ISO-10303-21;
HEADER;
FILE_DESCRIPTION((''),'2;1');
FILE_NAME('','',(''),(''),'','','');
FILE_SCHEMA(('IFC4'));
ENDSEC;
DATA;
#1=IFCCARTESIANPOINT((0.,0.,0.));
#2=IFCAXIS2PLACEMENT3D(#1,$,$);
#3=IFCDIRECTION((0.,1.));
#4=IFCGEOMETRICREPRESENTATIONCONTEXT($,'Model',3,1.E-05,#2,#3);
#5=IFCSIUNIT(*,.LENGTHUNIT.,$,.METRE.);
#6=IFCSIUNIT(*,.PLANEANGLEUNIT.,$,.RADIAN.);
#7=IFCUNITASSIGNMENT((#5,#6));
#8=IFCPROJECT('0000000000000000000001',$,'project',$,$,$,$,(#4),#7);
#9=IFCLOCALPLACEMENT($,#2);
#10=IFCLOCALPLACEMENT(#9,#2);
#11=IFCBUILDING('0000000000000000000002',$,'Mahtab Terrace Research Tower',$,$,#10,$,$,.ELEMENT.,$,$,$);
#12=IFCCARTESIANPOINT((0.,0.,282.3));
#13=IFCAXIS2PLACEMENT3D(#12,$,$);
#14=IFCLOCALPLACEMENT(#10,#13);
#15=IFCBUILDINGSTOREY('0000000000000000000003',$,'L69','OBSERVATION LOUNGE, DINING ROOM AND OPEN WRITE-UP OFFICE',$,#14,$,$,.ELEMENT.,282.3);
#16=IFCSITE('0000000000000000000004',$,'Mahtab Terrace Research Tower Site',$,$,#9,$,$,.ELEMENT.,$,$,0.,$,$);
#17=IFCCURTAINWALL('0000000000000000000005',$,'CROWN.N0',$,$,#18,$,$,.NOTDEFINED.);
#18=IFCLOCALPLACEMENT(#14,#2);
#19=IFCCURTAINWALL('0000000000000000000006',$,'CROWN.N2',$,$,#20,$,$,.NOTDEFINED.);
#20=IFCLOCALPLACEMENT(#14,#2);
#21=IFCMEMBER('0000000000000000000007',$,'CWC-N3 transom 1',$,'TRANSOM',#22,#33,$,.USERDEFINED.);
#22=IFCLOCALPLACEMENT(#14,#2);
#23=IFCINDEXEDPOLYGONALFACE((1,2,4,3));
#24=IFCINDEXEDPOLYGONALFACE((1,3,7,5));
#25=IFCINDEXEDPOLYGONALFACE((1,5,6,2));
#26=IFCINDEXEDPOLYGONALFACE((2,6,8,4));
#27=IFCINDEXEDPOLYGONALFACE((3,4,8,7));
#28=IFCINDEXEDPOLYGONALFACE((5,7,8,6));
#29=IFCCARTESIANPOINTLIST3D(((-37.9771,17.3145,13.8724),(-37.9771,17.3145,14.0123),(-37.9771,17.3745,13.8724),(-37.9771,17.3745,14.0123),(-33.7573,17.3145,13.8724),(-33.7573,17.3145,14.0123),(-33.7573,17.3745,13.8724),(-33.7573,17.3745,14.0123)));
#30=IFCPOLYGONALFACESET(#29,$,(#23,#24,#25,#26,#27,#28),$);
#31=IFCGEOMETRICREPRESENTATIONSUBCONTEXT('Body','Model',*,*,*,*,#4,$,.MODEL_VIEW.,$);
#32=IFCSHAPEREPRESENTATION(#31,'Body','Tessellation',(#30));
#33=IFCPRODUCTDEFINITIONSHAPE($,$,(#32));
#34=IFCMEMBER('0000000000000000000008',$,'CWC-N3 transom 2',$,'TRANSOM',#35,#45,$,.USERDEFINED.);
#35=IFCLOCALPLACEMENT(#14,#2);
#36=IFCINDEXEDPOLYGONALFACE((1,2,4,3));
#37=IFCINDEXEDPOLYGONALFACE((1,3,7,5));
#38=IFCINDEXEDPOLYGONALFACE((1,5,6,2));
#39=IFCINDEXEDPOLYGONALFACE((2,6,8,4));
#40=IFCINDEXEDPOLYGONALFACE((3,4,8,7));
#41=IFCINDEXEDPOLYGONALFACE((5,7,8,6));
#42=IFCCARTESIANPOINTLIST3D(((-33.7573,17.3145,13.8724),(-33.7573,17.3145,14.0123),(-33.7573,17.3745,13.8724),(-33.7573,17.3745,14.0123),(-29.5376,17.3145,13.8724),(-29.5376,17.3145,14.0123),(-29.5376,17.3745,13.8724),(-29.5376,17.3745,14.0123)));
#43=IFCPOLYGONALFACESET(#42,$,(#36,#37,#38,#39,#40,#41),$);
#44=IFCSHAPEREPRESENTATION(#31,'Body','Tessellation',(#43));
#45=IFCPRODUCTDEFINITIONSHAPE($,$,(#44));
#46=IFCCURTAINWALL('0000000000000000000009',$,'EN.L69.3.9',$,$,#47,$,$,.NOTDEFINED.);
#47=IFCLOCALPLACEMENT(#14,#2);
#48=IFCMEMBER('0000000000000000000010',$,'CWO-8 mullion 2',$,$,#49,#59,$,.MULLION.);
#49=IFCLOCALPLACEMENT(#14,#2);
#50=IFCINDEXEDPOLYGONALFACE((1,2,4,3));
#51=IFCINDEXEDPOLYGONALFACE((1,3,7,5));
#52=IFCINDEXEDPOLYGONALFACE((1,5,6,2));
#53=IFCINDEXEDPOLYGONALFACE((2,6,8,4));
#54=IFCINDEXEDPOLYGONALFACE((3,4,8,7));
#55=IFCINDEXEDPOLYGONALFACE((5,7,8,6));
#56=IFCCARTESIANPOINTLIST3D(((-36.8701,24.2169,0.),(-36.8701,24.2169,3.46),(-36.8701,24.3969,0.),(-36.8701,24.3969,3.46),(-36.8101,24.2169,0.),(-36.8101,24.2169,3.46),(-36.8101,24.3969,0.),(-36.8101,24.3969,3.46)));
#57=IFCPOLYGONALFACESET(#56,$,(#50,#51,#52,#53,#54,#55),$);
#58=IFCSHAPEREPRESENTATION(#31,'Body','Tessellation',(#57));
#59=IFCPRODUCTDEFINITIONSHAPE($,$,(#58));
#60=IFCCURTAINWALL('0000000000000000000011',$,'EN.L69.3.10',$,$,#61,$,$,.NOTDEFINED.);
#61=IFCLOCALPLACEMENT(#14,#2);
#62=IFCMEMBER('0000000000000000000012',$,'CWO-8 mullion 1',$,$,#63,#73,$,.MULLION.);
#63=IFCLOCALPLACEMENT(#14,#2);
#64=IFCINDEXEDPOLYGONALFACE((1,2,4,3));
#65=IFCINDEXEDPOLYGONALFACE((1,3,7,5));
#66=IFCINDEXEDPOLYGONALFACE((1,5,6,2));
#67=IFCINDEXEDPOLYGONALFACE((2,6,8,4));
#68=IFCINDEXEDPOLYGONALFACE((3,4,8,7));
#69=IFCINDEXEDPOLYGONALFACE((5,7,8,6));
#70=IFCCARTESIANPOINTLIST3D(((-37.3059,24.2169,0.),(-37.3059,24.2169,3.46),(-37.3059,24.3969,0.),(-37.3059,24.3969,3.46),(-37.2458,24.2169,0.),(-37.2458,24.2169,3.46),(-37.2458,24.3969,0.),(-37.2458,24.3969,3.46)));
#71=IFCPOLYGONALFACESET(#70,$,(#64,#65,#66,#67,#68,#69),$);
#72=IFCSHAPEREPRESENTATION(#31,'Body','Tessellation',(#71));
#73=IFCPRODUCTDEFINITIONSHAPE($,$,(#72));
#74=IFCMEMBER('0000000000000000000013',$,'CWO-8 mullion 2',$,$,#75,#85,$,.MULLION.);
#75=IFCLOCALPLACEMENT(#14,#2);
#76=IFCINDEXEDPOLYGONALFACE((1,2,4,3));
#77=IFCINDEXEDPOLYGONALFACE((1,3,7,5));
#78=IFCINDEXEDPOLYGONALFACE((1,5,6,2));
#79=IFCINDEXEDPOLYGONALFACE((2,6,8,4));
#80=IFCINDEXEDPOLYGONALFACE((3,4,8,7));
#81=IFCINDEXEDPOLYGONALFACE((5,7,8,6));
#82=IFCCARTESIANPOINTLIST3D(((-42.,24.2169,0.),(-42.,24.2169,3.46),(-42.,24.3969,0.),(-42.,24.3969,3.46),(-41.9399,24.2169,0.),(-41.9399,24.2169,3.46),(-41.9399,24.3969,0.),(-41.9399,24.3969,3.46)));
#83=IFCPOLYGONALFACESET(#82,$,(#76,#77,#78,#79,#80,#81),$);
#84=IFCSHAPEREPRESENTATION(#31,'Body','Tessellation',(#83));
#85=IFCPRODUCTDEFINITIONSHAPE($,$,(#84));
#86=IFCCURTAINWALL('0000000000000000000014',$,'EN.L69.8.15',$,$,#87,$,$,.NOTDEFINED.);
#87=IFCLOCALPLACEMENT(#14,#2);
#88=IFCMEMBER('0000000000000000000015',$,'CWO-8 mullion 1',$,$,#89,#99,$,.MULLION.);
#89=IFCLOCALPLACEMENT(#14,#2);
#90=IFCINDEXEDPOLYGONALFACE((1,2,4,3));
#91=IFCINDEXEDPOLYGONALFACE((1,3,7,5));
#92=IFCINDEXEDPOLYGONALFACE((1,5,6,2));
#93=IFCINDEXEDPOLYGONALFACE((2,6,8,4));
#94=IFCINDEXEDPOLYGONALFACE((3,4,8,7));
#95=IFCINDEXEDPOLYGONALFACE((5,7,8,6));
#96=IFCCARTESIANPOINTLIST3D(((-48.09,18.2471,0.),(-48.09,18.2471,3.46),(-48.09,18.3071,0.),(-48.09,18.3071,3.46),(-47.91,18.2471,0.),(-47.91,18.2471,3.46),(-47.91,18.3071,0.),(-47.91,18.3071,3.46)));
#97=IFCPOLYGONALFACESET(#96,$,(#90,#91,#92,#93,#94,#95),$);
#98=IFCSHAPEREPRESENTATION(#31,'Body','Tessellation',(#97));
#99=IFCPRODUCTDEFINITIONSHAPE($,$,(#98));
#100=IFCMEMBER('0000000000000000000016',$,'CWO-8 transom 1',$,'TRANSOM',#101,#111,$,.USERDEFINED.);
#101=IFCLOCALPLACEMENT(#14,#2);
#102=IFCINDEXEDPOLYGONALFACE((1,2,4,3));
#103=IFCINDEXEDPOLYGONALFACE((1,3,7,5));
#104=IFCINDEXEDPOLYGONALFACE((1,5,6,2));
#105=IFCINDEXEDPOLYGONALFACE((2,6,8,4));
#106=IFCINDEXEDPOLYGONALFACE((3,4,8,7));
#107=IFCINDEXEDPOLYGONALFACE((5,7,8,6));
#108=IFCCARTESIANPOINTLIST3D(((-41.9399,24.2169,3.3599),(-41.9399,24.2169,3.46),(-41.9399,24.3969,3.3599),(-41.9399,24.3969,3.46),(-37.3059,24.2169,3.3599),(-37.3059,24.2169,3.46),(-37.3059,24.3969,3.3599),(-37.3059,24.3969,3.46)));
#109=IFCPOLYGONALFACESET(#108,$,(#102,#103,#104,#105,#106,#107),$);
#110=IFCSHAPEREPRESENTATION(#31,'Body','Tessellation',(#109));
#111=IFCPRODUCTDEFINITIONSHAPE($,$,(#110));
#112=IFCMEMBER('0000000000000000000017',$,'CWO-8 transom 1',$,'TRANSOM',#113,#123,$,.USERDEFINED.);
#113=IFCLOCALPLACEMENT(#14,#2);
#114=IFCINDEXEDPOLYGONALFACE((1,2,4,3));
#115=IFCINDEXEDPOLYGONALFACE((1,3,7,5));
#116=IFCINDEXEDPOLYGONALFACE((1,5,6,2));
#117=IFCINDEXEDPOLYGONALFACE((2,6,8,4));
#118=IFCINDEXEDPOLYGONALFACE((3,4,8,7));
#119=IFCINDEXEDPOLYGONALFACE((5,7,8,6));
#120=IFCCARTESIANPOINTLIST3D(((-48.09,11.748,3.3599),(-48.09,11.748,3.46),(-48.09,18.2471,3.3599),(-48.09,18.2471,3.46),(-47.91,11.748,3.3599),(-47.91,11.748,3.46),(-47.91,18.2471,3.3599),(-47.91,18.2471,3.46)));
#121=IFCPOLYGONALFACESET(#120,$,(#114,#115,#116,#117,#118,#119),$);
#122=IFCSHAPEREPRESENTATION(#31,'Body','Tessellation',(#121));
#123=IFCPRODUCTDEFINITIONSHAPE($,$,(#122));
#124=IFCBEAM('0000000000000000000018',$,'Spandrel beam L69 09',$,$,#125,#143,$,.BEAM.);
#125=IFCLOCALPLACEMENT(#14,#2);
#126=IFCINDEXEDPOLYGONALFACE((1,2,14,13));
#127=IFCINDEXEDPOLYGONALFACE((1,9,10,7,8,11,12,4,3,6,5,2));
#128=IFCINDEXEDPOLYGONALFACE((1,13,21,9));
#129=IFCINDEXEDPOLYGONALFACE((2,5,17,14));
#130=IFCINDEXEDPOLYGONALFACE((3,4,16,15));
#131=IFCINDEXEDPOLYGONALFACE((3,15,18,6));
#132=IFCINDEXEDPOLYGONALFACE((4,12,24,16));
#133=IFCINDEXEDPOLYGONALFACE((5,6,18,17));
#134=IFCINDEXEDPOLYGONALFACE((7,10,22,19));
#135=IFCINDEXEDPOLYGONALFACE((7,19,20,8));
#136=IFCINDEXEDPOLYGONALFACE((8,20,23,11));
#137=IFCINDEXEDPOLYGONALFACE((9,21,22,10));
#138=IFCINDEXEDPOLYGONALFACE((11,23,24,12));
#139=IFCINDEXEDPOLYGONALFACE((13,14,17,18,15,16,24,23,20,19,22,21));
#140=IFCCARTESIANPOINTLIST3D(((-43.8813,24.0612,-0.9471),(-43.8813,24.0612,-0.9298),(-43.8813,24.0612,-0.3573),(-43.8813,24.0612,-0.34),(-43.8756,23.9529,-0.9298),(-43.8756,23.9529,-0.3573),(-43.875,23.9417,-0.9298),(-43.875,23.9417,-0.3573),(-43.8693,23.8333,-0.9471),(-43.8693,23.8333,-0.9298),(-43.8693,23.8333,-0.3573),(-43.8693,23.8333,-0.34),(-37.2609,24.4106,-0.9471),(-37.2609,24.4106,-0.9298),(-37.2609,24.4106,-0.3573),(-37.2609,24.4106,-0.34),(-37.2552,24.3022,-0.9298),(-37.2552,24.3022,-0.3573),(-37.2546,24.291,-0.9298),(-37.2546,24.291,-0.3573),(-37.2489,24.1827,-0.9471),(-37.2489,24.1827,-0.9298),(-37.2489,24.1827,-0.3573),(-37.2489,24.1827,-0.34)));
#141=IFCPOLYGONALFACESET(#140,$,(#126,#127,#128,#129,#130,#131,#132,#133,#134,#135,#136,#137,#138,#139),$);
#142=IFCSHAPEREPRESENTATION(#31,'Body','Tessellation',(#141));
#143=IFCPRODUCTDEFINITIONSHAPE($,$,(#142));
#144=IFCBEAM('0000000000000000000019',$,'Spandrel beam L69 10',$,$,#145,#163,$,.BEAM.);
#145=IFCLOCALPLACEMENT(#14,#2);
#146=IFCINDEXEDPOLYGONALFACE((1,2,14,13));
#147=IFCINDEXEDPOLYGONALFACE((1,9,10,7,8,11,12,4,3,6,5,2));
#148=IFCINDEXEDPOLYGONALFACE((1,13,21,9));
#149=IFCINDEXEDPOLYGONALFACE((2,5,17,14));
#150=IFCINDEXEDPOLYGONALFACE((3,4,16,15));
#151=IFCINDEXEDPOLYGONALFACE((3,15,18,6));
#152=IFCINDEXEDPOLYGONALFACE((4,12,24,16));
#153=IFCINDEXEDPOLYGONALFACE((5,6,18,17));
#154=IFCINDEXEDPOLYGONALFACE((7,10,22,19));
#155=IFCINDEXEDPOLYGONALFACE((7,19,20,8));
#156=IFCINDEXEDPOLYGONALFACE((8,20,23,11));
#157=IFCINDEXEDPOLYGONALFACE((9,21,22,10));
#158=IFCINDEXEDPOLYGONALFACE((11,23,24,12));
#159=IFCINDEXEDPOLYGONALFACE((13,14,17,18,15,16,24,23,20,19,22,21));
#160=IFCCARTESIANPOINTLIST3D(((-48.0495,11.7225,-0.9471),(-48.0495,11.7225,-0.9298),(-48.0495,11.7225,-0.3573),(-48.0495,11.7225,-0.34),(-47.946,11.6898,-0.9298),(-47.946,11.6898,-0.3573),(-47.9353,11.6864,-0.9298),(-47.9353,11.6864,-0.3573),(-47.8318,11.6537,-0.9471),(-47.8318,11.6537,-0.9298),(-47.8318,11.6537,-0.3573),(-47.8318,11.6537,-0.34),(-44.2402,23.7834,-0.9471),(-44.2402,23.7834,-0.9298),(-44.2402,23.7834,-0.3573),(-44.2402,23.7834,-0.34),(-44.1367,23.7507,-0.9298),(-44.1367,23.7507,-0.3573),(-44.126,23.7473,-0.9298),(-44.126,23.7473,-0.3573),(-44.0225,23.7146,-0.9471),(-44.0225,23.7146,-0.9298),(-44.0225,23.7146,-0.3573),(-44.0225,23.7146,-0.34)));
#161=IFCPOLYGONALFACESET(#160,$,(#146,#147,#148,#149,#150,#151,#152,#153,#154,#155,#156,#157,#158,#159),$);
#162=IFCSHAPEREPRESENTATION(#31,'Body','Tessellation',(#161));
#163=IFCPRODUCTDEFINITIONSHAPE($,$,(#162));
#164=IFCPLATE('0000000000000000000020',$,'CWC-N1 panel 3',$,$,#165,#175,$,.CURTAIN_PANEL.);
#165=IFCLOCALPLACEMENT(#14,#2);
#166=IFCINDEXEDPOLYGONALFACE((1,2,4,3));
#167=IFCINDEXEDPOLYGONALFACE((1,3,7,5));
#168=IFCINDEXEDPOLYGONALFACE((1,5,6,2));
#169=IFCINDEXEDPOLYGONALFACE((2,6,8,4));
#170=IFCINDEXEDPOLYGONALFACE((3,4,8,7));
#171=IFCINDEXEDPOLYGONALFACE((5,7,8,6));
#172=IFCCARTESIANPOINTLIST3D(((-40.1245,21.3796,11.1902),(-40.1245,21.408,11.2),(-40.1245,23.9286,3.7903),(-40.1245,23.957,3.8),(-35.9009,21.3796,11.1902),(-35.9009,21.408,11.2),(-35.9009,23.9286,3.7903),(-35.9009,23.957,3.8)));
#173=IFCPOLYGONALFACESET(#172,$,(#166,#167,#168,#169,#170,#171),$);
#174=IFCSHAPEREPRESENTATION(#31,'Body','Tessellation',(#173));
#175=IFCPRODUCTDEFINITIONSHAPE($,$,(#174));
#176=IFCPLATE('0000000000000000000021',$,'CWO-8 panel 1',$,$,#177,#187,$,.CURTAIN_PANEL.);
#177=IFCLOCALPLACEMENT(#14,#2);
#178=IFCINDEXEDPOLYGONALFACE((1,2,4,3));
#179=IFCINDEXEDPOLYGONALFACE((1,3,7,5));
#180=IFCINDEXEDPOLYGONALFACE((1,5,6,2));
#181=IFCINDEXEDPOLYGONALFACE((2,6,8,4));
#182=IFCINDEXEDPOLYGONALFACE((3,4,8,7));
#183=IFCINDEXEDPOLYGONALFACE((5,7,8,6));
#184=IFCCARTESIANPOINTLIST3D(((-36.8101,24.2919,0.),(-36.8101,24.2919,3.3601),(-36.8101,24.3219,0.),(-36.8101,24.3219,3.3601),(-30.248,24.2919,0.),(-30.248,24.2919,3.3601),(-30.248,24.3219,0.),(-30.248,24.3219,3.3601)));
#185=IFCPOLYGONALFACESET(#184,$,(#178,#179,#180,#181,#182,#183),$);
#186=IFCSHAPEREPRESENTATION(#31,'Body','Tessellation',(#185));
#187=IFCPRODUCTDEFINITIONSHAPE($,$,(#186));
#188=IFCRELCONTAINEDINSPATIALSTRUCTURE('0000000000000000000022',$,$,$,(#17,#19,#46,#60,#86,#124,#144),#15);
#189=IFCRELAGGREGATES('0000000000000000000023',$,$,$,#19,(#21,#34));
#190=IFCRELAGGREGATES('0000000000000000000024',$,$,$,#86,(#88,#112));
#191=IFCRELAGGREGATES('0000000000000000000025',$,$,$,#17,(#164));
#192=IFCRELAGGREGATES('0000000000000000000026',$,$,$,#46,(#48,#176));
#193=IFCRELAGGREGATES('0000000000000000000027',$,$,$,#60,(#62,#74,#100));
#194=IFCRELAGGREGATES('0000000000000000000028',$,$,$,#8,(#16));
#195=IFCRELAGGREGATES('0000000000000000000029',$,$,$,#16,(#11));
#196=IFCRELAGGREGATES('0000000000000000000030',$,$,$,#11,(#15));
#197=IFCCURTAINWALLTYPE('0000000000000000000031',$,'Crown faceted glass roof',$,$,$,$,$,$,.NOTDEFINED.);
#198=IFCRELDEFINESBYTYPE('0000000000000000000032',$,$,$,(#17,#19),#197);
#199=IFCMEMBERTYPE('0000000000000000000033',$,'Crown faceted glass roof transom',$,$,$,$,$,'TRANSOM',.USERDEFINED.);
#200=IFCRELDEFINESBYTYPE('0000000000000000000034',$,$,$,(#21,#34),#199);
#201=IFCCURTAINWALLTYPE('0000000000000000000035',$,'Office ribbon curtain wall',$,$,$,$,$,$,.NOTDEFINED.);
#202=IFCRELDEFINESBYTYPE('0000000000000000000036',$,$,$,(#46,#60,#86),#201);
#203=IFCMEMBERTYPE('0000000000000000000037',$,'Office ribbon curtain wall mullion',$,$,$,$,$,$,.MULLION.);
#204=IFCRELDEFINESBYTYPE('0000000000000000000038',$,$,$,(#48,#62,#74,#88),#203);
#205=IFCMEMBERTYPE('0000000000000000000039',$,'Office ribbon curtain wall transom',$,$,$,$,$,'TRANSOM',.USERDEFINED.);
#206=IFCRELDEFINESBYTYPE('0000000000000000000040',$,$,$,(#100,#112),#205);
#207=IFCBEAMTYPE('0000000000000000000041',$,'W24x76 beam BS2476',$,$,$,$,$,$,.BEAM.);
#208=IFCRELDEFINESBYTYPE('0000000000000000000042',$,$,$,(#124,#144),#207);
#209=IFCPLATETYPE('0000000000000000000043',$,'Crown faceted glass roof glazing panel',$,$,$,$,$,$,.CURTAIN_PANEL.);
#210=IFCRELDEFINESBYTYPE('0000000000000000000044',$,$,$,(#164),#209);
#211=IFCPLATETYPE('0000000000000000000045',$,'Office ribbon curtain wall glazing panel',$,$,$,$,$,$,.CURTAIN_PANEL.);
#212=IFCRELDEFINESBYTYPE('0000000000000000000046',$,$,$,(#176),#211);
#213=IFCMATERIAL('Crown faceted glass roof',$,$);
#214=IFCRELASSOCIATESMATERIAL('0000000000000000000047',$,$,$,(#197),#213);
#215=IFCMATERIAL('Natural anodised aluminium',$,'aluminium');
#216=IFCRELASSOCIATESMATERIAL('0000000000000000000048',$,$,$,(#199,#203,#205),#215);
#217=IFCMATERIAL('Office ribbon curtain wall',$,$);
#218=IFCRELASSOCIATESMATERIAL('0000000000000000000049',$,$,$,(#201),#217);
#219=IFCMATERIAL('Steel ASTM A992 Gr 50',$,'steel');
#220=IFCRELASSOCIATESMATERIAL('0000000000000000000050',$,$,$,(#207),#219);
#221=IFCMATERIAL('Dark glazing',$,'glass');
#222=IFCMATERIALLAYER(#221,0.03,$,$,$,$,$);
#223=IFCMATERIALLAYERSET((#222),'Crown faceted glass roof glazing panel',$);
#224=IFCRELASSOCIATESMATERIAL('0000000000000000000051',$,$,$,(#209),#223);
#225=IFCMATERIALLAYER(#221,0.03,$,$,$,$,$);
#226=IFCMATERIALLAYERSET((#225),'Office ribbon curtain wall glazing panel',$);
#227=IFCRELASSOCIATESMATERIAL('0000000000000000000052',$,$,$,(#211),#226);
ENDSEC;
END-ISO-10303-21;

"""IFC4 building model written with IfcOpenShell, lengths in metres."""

from ifc_helpers import new_model, si_unit, direction, frame, origin, origin_2d, place, context, subcontext, project, spatial, polyline, rectangle, i_section, outline, extrude, material, layer, layer_set, material_profile, profile_set, type_object, element, aggregate, save


model = new_model("IFC4")

# Units and contexts
model_context = context("Model", 3, precision=1e-05, world=origin(), true_north=direction((0.0, 1.0)))
body_context = subcontext(model_context, "Body", "Model", "MODEL_VIEW")
ifc_project = project(units=[si_unit("LENGTHUNIT", "METRE"), si_unit("PLANEANGLEUNIT", "RADIAN")], contexts=[model_context])

# Site, building, storey
site_placement = place(None, origin())
site = spatial("IfcSite", under=ifc_project, at=site_placement, Name="Mahtab Terrace Research Tower Site", CompositionType="ELEMENT", RefElevation=0.0)
building_placement = place(site_placement, origin())
building = spatial("IfcBuilding", under=site, at=building_placement, Name="Mahtab Terrace Research Tower", CompositionType="ELEMENT")
storey_placement = place(building_placement, frame((0.0, 0.0, 282.3)))
storey = spatial("IfcBuildingStorey", under=building, at=storey_placement, Name="L69", Description="OBSERVATION LOUNGE, DINING ROOM AND OPEN WRITE-UP OFFICE", CompositionType="ELEMENT", Elevation=282.3)

# Shared definitions
ifc_material_1 = material(Name="Steel ASTM A992 Gr 50", Category="steel")

# Curtain wall
ifc_material_2 = material(Name="Crown faceted glass roof")
curtain_wall_type_1 = type_object("IfcCurtainWallType", Name="Crown faceted glass roof", PredefinedType="NOTDEFINED", material=ifc_material_2)
curtain_wall_1_placement = place(storey_placement, origin())
curtain_wall_1 = element("IfcCurtainWall", 1, at=curtain_wall_1_placement, inside=storey, type_object=curtain_wall_type_1, Name="CROWN.N0", PredefinedType="NOTDEFINED")
ifc_material_3 = material(Name="Natural anodised aluminium", Category="aluminium")

# Curtain wall
curtain_wall_2_placement = place(storey_placement, origin())
curtain_wall_2 = element("IfcCurtainWall", 2, at=curtain_wall_2_placement, inside=storey, type_object=curtain_wall_type_1, Name="CROWN.N2", PredefinedType="NOTDEFINED")

# Members
ifc_material_profile_1 = material_profile(ifc_material_3, rectangle(XDim=0.0601, YDim=0.1399, at=origin_2d()), Name="TRANSOM 60x140")
ifc_profile_set_1 = profile_set([ifc_material_profile_1], Name="Natural anodised aluminium")
member_type_1 = type_object("IfcMemberType", Name="Crown faceted glass roof transom", ElementType="TRANSOM", PredefinedType="USERDEFINED", material=ifc_profile_set_1)
member_1_placement = place(storey_placement, frame((-37.9771, 17.3445, 13.9424), z_axis=(1.0, 0.0, 0.0), x_axis=(0.0, 1.0, 0.0)))
member_1 = element("IfcMember", 3, at=member_1_placement, type_object=member_type_1, Name="CWC-N3 transom 1", ObjectType="TRANSOM", PredefinedType="USERDEFINED", context=body_context, shape_type="SweptSolid", body=[
    extrude(rectangle(XDim=0.0601, YDim=0.1399, at=origin_2d()), origin(), (0.0, 0.0, 1.0), 4.2197),
])
member_2_placement = place(storey_placement, frame((-33.7573, 17.3445, 13.9424), z_axis=(1.0, 0.0, 0.0), x_axis=(0.0, 1.0, 0.0)))
member_2 = element("IfcMember", 4, at=member_2_placement, type_object=member_type_1, Name="CWC-N3 transom 2", ObjectType="TRANSOM", PredefinedType="USERDEFINED", context=body_context, shape_type="SweptSolid", body=[
    extrude(rectangle(XDim=0.0601, YDim=0.1399, at=origin_2d()), origin(), (0.0, 0.0, 1.0), 4.2197),
])
aggregate(curtain_wall_2, [member_1, member_2])

# Curtain wall, member
ifc_material_4 = material(Name="Office ribbon curtain wall")
curtain_wall_type_2 = type_object("IfcCurtainWallType", Name="Office ribbon curtain wall", PredefinedType="NOTDEFINED", material=ifc_material_4)
curtain_wall_3_placement = place(storey_placement, origin())
curtain_wall_3 = element("IfcCurtainWall", 5, at=curtain_wall_3_placement, inside=storey, type_object=curtain_wall_type_2, Name="EN.L69.3.9", PredefinedType="NOTDEFINED")
ifc_material_profile_2 = material_profile(ifc_material_3, rectangle(XDim=0.1799, YDim=0.0601, at=origin_2d()), Name="MULLION 60x180")
ifc_profile_set_2 = profile_set([ifc_material_profile_2], Name="Natural anodised aluminium")
member_type_2 = type_object("IfcMemberType", Name="Office ribbon curtain wall mullion", PredefinedType="MULLION", material=ifc_profile_set_2)
member_3_placement = place(storey_placement, frame((-36.8401, 24.3069, 0.0), z_axis=(0.0, 0.0, 1.0), x_axis=(0.0, -1.0, 0.0)))
member_3 = element("IfcMember", 6, at=member_3_placement, type_object=member_type_2, Name="CWO-8 mullion 2", PredefinedType="MULLION", context=body_context, shape_type="SweptSolid", body=[
    extrude(rectangle(XDim=0.1799, YDim=0.0601, at=origin_2d()), origin(), (0.0, 0.0, 1.0), 3.46),
])

# Curtain wall, members
curtain_wall_4_placement = place(storey_placement, origin())
curtain_wall_4 = element("IfcCurtainWall", 7, at=curtain_wall_4_placement, inside=storey, type_object=curtain_wall_type_2, Name="EN.L69.3.10", PredefinedType="NOTDEFINED")
member_4_placement = place(storey_placement, frame((-37.2759, 24.3069, 0.0), z_axis=(0.0, 0.0, 1.0), x_axis=(0.0, -1.0, 0.0)))
member_4 = element("IfcMember", 8, at=member_4_placement, type_object=member_type_2, Name="CWO-8 mullion 1", PredefinedType="MULLION", context=body_context, shape_type="SweptSolid", body=[
    extrude(rectangle(XDim=0.1799, YDim=0.0601, at=origin_2d()), origin(), (0.0, 0.0, 1.0), 3.46),
])
member_5_placement = place(storey_placement, frame((-41.97, 24.3069, 0.0), z_axis=(0.0, 0.0, 1.0), x_axis=(0.0, -1.0, 0.0)))
member_5 = element("IfcMember", 9, at=member_5_placement, type_object=member_type_2, Name="CWO-8 mullion 2", PredefinedType="MULLION", context=body_context, shape_type="SweptSolid", body=[
    extrude(rectangle(XDim=0.1799, YDim=0.0601, at=origin_2d()), origin(), (0.0, 0.0, 1.0), 3.46),
])

# Curtain wall, member
curtain_wall_5_placement = place(storey_placement, origin())
curtain_wall_5 = element("IfcCurtainWall", 10, at=curtain_wall_5_placement, inside=storey, type_object=curtain_wall_type_2, Name="EN.L69.8.15", PredefinedType="NOTDEFINED")
member_6_placement = place(storey_placement, frame((-48.0, 18.2771, 0.0), z_axis=(0.0, 0.0, 1.0), x_axis=(1.0, 0.0, 0.0)))
member_6 = element("IfcMember", 11, at=member_6_placement, type_object=member_type_2, Name="CWO-8 mullion 1", PredefinedType="MULLION", context=body_context, shape_type="SweptSolid", body=[
    extrude(rectangle(XDim=0.1799, YDim=0.0601, at=origin_2d()), origin(), (0.0, 0.0, 1.0), 3.46),
])

# Members
ifc_material_profile_3 = material_profile(ifc_material_3, rectangle(XDim=0.1799, YDim=0.1001, at=origin_2d()), Name="TRANSOM 100x180")
ifc_profile_set_3 = profile_set([ifc_material_profile_3], Name="Natural anodised aluminium")
member_type_3 = type_object("IfcMemberType", Name="Office ribbon curtain wall transom", ElementType="TRANSOM", PredefinedType="USERDEFINED", material=ifc_profile_set_3)
member_7_placement = place(storey_placement, frame((-37.3059, 24.3069, 3.4099), z_axis=(-1.0, 0.0, 0.0), x_axis=(0.0, -1.0, 0.0)))
member_7 = element("IfcMember", 12, at=member_7_placement, type_object=member_type_3, Name="CWO-8 transom 1", ObjectType="TRANSOM", PredefinedType="USERDEFINED", context=body_context, shape_type="SweptSolid", body=[
    extrude(rectangle(XDim=0.1799, YDim=0.1001, at=origin_2d()), origin(), (0.0, 0.0, 1.0), 4.634),
])
member_8_placement = place(storey_placement, frame((-48.0, 18.2471, 3.4099), z_axis=(0.0, -1.0, 0.0), x_axis=(1.0, 0.0, 0.0)))
member_8 = element("IfcMember", 13, at=member_8_placement, type_object=member_type_3, Name="CWO-8 transom 1", ObjectType="TRANSOM", PredefinedType="USERDEFINED", context=body_context, shape_type="SweptSolid", body=[
    extrude(rectangle(XDim=0.1799, YDim=0.1001, at=origin_2d()), origin(), (0.0, 0.0, 1.0), 6.499),
])
aggregate(curtain_wall_5, [member_6, member_8])

# Beams
ifc_material_profile_4 = material_profile(ifc_material_1, i_section(OverallWidth=0.2283, OverallDepth=0.6072, WebThickness=0.0112, FlangeThickness=0.0173, at=origin_2d()), Name="W24X76")
ifc_profile_set_4 = profile_set([ifc_material_profile_4], Name="Steel ASTM A992 Gr 50")
beam_type = type_object("IfcBeamType", Name="W24x76 beam BS2476", PredefinedType="BEAM", material=ifc_profile_set_4)
beam_1_placement = place(storey_placement, frame((-37.2549, 24.2966, -0.6436), z_axis=(-0.99861, -0.052698, 0.0), x_axis=(0.052698, -0.99861, 0.0)))
element("IfcBeam", 14, at=beam_1_placement, inside=storey, type_object=beam_type, Name="Spandrel beam L69 09", PredefinedType="BEAM", context=body_context, shape_type="SweptSolid", body=[
    extrude(i_section(OverallWidth=0.2283, OverallDepth=0.6072, WebThickness=0.0112, FlangeThickness=0.0173, at=origin_2d()), origin(), (0.0, 0.0, 1.0), 6.6296),
])
beam_2_placement = place(storey_placement, frame((-44.1313, 23.749, -0.6436), z_axis=(-0.301173, -0.95357, 0.0), x_axis=(0.95357, -0.301173, 0.0)))
element("IfcBeam", 15, at=beam_2_placement, inside=storey, type_object=beam_type, Name="Spandrel beam L69 10", PredefinedType="BEAM", context=body_context, shape_type="SweptSolid", body=[
    extrude(i_section(OverallWidth=0.2283, OverallDepth=0.6072, WebThickness=0.0112, FlangeThickness=0.0173, at=origin_2d()), origin(), (0.0, 0.0, 1.0), 12.6482),
])

# Plates
ifc_material_5 = material(Name="Dark glazing", Category="glass")
ifc_layer_1 = layer(ifc_material_5, 0.03)
ifc_layer_set_1 = layer_set([ifc_layer_1], Name="Crown faceted glass roof glazing panel")
plate_type_1 = type_object("IfcPlateType", Name="Crown faceted glass roof glazing panel", PredefinedType="CURTAIN_PANEL", material=ifc_layer_set_1)
plate_1_placement = place(storey_placement, frame((-35.9009, 21.408, 11.2), z_axis=(0.0, 0.945476, 0.325692), x_axis=(0.0, 0.325692, -0.945476)))
plate_1 = element("IfcPlate", 16, at=plate_1_placement, type_object=plate_type_1, Name="CWC-N1 panel 3", PredefinedType="CURTAIN_PANEL", context=body_context, shape_type="SweptSolid", body=[
    extrude(outline(polyline([(0.0, 0.0), (7.8266, 0.0), (7.8266, 4.2236), (0.0, 4.2236), (0.0, 0.0)])), origin(), (0.0, 0.0, -1.0), 0.03),
])
aggregate(curtain_wall_1, [plate_1])
ifc_layer_2 = layer(ifc_material_5, 0.03)
ifc_layer_set_2 = layer_set([ifc_layer_2], Name="Office ribbon curtain wall glazing panel")
plate_type_2 = type_object("IfcPlateType", Name="Office ribbon curtain wall glazing panel", PredefinedType="CURTAIN_PANEL", material=ifc_layer_set_2)
plate_2_placement = place(storey_placement, frame((-33.5291, 24.3069, 0.0), z_axis=(0.0, 0.0, 1.0), x_axis=(-1.0, 0.0, 0.0)))
plate_2 = element("IfcPlate", 17, at=plate_2_placement, type_object=plate_type_2, Name="CWO-8 panel 1", PredefinedType="CURTAIN_PANEL", context=body_context, shape_type="SweptSolid", body=[
    extrude(rectangle(XDim=6.562, YDim=0.03, at=origin_2d()), origin(), (0.0, 0.0, 1.0), 3.3601),
])
aggregate(curtain_wall_3, [member_3, plate_2])
aggregate(curtain_wall_4, [member_4, member_5, member_7])

save(model, "model.ifc")
